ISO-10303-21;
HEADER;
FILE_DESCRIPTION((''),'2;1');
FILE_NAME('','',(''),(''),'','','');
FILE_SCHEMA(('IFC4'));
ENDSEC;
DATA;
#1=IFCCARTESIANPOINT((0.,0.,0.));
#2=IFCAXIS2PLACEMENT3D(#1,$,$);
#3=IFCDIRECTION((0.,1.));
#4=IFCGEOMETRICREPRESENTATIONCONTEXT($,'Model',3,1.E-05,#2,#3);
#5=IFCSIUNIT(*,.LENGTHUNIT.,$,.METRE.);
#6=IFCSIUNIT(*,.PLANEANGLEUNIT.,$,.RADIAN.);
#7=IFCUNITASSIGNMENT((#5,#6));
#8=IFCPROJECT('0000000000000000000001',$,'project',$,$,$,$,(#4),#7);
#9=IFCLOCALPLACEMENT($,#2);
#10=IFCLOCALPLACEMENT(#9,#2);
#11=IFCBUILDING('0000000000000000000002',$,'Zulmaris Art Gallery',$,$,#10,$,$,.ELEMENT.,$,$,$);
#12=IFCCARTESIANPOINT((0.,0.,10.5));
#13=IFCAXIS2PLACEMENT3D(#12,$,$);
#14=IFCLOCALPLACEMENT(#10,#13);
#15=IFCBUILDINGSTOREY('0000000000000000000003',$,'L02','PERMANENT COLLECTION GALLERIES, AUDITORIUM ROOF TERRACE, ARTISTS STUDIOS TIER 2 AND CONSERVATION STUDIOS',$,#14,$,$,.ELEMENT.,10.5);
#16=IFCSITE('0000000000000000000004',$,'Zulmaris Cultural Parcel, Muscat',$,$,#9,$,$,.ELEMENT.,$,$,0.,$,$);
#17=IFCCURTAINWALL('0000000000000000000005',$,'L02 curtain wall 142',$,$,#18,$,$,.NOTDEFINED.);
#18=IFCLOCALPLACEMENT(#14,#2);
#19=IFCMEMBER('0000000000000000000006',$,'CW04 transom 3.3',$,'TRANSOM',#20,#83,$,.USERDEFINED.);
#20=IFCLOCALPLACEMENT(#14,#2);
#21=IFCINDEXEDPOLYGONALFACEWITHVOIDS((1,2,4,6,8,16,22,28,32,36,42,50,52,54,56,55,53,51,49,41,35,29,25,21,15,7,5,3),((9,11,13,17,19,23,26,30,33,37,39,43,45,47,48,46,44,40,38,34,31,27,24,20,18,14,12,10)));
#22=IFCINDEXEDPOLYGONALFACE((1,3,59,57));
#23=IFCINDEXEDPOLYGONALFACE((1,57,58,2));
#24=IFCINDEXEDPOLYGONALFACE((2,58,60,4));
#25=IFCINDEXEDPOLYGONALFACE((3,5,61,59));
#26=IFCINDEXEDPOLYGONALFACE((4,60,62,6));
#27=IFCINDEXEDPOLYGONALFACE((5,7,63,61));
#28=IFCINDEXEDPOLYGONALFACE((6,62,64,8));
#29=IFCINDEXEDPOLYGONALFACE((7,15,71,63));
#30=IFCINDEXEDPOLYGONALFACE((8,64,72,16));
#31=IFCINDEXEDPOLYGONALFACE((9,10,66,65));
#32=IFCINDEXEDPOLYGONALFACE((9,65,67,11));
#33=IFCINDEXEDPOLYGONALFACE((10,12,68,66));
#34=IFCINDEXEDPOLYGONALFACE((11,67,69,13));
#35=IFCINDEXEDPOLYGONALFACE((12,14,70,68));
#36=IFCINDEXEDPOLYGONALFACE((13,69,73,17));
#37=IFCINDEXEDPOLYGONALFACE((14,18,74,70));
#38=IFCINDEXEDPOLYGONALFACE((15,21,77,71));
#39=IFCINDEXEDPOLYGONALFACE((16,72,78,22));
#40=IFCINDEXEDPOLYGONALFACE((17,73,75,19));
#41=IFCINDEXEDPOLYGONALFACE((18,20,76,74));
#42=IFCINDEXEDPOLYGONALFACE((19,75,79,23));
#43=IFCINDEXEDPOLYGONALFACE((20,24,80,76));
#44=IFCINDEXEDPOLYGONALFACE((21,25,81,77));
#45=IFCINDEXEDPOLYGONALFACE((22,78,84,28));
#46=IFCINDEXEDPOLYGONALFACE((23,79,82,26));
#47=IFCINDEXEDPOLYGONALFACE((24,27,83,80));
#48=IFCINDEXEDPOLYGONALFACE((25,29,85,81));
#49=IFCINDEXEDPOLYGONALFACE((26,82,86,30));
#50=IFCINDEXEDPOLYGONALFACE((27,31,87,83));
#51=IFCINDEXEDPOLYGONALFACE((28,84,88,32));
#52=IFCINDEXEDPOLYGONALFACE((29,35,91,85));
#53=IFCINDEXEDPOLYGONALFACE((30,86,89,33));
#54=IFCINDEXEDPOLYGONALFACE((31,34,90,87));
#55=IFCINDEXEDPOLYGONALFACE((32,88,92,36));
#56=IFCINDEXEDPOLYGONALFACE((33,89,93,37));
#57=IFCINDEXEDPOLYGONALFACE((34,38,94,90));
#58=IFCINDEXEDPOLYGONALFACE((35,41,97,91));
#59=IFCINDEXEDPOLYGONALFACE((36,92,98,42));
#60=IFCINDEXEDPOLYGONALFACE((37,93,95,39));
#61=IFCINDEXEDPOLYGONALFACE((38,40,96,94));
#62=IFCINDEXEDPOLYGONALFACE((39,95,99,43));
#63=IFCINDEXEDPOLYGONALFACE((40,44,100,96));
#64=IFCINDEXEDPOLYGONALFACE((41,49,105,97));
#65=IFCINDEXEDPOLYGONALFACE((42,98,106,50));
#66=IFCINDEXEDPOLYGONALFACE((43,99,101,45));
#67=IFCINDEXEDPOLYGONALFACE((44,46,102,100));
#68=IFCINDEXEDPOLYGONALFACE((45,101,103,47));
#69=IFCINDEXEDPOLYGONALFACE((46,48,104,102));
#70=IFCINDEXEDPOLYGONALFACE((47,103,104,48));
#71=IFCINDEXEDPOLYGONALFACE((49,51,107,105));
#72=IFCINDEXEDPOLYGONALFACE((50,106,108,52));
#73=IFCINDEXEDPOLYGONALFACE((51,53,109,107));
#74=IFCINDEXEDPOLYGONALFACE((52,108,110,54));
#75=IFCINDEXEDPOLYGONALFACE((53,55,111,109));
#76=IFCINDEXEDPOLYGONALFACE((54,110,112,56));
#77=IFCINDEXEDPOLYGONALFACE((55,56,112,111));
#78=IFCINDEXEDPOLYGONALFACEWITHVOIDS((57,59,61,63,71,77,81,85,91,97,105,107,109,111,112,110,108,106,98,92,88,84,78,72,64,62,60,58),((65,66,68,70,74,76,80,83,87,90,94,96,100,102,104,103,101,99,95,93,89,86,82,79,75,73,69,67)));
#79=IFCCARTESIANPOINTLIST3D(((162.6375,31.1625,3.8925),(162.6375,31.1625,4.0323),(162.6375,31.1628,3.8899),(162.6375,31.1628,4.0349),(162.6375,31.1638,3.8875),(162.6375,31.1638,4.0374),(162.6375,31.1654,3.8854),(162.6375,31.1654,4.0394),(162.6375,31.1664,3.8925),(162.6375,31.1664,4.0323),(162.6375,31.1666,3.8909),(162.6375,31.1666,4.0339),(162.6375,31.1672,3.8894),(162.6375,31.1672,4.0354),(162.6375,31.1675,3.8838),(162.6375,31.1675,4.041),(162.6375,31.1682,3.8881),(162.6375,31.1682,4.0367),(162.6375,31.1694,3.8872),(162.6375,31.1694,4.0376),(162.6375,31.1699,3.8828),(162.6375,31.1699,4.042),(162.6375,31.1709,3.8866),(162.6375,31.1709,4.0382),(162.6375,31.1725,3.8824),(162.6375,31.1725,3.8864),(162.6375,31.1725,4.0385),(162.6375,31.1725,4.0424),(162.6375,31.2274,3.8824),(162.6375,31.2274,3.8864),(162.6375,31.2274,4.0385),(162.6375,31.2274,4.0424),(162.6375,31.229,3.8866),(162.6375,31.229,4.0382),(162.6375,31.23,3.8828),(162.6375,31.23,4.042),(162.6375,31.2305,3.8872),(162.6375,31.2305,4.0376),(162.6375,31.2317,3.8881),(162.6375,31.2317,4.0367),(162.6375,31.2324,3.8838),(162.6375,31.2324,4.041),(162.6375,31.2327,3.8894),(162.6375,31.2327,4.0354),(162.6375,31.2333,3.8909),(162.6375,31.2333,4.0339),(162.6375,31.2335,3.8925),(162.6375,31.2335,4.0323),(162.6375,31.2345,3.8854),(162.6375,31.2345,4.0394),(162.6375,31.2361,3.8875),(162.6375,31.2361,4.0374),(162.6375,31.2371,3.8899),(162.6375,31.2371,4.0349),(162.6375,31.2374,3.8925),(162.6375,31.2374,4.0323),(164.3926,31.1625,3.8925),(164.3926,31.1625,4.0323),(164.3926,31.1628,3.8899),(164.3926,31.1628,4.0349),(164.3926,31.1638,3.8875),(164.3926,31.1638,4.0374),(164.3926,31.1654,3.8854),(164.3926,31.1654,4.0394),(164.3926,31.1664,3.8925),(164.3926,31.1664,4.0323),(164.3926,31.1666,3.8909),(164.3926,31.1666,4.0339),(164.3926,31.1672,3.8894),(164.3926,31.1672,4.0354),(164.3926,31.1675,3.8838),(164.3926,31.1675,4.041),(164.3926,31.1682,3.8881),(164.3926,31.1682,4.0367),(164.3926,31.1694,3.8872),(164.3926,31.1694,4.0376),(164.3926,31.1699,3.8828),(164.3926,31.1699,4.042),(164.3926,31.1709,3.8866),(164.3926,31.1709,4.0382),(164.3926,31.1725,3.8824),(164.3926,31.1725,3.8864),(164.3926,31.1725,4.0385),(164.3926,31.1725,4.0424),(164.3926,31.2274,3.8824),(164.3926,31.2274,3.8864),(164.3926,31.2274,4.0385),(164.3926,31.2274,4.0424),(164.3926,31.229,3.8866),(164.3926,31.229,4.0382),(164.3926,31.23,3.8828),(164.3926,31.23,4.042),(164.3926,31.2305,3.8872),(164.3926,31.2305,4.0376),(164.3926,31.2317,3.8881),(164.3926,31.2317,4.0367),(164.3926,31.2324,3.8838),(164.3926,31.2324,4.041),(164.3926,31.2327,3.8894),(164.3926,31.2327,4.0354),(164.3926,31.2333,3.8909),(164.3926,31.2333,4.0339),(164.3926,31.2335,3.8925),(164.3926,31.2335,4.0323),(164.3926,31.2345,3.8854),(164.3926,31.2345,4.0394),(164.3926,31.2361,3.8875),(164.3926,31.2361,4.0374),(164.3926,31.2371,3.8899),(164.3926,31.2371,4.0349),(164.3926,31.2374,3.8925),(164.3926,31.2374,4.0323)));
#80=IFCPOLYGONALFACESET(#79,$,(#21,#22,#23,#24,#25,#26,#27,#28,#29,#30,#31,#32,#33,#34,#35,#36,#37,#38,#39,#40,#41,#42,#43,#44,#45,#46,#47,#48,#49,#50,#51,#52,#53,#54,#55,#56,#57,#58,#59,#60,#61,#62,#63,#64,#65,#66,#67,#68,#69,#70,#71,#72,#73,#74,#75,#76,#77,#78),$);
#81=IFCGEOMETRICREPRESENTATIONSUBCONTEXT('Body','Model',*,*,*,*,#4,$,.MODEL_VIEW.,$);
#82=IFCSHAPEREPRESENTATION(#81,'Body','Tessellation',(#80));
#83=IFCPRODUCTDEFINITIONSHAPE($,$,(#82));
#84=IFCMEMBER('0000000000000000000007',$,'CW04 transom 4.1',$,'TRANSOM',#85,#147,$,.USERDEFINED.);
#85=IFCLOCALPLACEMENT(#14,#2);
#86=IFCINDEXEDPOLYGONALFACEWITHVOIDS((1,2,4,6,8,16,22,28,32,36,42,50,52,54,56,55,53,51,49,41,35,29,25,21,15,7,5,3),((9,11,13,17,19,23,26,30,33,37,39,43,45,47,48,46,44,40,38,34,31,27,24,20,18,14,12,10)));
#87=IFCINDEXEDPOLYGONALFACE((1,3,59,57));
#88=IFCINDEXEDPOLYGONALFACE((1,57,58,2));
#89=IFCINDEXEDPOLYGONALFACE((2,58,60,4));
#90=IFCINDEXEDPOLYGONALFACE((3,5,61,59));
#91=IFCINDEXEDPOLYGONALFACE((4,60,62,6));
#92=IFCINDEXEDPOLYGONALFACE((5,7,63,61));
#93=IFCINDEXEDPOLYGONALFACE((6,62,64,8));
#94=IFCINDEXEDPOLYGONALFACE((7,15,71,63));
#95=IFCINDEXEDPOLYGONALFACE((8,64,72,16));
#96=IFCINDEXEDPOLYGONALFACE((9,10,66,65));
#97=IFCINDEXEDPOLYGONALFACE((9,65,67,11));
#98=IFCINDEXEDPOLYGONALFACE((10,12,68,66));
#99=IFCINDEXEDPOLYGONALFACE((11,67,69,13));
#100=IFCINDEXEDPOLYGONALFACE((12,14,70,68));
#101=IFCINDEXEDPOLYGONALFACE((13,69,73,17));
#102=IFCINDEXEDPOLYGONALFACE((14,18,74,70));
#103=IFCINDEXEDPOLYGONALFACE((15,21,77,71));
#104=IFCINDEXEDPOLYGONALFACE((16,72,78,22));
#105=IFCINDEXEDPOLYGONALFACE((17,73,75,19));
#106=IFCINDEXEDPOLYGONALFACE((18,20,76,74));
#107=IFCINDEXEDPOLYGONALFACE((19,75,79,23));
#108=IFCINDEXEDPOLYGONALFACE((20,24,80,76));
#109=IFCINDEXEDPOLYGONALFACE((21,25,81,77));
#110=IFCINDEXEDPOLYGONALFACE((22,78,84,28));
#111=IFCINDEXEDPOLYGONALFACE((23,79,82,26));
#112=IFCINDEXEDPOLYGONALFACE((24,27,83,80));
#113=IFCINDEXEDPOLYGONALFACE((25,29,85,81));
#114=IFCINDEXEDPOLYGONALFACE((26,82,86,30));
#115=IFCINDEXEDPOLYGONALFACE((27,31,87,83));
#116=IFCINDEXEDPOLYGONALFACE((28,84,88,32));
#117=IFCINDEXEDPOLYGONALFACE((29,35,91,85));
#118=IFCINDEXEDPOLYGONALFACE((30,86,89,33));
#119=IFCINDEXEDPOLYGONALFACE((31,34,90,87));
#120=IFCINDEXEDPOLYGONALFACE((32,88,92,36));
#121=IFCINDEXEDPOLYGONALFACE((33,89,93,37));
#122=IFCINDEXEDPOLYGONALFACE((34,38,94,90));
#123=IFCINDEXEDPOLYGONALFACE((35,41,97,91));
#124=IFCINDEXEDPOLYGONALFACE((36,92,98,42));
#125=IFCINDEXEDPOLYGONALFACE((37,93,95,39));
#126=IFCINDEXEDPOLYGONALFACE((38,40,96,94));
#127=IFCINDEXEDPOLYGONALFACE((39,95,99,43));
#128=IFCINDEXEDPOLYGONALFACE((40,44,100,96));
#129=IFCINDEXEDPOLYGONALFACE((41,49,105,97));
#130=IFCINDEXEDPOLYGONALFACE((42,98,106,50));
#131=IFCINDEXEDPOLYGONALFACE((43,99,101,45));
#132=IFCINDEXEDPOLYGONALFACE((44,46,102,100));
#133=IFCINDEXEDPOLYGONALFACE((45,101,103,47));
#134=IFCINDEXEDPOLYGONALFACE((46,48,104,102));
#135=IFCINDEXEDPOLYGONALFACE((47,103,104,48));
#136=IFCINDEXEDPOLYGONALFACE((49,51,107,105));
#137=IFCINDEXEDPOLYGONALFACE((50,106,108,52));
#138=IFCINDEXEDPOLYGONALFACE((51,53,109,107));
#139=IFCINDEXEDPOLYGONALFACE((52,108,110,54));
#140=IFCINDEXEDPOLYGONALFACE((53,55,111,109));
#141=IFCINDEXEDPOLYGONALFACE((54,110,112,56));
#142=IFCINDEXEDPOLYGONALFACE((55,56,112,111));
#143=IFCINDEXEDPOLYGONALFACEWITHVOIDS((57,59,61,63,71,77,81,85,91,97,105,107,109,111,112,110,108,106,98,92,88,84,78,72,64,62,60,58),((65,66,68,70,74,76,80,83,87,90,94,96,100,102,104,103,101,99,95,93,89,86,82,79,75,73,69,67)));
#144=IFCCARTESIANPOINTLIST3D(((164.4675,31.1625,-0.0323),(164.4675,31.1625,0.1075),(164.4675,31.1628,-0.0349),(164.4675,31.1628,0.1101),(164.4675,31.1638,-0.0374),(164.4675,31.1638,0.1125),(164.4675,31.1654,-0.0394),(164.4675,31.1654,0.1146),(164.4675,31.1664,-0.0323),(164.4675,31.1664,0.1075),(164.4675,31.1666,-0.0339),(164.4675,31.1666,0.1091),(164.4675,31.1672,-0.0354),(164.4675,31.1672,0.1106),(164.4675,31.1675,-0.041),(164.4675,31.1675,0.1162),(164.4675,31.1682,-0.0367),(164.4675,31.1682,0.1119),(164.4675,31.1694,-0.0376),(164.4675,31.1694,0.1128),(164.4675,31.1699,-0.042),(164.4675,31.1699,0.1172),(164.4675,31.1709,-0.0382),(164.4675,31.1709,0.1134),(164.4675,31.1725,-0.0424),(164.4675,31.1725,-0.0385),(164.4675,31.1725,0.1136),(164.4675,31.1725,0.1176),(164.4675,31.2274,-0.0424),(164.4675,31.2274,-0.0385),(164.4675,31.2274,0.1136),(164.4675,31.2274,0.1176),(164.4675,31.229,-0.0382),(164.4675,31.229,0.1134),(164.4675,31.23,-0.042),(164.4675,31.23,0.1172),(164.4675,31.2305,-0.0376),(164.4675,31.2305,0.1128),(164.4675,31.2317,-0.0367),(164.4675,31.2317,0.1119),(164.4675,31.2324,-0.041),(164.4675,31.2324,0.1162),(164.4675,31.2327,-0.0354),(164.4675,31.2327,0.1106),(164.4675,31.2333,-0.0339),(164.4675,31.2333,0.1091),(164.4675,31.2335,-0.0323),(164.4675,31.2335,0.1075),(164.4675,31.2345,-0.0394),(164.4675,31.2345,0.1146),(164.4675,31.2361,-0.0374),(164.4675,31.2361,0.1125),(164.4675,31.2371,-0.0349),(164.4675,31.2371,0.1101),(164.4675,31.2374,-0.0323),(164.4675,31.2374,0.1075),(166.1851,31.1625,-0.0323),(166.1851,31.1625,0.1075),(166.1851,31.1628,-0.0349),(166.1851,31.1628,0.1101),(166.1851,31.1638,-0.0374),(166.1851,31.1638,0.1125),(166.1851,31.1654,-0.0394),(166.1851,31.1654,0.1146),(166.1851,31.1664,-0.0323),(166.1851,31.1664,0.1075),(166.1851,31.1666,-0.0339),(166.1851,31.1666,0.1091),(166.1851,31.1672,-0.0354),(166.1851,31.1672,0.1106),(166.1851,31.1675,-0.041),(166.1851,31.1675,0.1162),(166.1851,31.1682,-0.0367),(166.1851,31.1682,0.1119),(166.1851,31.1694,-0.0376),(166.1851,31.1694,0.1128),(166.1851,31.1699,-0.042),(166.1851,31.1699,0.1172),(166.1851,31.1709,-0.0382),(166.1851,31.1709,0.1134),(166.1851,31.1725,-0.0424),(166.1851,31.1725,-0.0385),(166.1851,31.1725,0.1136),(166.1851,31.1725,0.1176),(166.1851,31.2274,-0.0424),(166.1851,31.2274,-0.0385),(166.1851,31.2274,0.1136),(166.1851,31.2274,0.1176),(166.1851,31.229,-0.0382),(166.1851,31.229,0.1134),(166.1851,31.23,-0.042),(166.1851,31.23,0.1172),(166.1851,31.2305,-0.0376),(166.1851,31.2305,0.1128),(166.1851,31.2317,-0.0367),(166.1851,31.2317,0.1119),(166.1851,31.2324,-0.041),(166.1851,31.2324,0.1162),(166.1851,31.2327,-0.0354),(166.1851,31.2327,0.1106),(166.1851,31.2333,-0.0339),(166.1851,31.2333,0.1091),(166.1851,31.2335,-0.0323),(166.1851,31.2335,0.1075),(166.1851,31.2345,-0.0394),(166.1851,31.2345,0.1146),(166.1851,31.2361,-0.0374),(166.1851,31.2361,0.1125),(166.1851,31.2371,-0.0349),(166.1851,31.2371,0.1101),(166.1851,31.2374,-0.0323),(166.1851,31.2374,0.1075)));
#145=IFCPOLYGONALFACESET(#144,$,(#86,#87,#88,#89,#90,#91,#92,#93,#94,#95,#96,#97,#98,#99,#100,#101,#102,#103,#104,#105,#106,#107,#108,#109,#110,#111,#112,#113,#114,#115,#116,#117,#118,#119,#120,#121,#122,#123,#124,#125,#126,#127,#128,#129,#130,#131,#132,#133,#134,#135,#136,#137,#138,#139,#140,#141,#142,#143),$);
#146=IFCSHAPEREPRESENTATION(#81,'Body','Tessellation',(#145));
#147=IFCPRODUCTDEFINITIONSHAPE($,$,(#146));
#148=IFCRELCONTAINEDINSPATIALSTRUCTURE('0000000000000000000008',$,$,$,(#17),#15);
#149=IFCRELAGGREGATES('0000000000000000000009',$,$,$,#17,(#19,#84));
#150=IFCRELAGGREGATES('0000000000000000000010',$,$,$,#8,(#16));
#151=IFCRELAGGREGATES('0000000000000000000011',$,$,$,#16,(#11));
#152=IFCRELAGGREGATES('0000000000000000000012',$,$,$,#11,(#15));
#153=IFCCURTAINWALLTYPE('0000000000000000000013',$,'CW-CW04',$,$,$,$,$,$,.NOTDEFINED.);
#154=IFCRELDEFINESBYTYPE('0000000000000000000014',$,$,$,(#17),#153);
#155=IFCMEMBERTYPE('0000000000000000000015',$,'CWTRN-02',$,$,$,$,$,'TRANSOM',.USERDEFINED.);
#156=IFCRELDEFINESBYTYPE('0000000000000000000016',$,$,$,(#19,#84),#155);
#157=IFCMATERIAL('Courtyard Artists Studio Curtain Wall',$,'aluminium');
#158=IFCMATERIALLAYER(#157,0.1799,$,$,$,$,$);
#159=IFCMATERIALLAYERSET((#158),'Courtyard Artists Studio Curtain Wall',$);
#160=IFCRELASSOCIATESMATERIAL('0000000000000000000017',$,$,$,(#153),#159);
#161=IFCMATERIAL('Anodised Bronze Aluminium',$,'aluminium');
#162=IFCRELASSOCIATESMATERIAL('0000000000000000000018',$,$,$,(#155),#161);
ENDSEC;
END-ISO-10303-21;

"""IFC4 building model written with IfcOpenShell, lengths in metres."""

from ifc_helpers import new_model, si_unit, direction, frame, origin, origin_2d, place, context, subcontext, project, spatial, hollow_rectangle, extrude, material, layer, layer_set, material_profile, profile_set, type_object, element, aggregate, save


model = new_model("IFC4")

# Units and contexts
model_context = context("Model", 3, precision=1e-05, world=origin(), true_north=direction((0.0, 1.0)))
body_context = subcontext(model_context, "Body", "Model", "MODEL_VIEW")
ifc_project = project(units=[si_unit("LENGTHUNIT", "METRE"), si_unit("PLANEANGLEUNIT", "RADIAN")], contexts=[model_context])

# Site, building, storey
site_placement = place(None, origin())
site = spatial("IfcSite", under=ifc_project, at=site_placement, Name="Zulmaris Cultural Parcel, Muscat", CompositionType="ELEMENT", RefElevation=0.0)
building_placement = place(site_placement, origin())
building = spatial("IfcBuilding", under=site, at=building_placement, Name="Zulmaris Art Gallery", CompositionType="ELEMENT")
storey_placement = place(building_placement, frame((0.0, 0.0, 10.5)))
storey = spatial("IfcBuildingStorey", under=building, at=storey_placement, Name="L02", Description="PERMANENT COLLECTION GALLERIES, AUDITORIUM ROOF TERRACE, ARTISTS STUDIOS TIER 2 AND CONSERVATION STUDIOS", CompositionType="ELEMENT", Elevation=10.5)

# Curtain wall, members
ifc_material_1 = material(Name="Courtyard Artists Studio Curtain Wall", Category="aluminium")
ifc_layer_1 = layer(ifc_material_1, 0.1799)
ifc_layer_set_1 = layer_set([ifc_layer_1], Name="Courtyard Artists Studio Curtain Wall")
curtain_wall_type = type_object("IfcCurtainWallType", Name="CW-CW04", PredefinedType="NOTDEFINED", material=ifc_layer_set_1)
curtain_wall_placement = place(storey_placement, origin())
curtain_wall = element("IfcCurtainWall", 1, at=curtain_wall_placement, inside=storey, type_object=curtain_wall_type, Name="L02 curtain wall 142", PredefinedType="NOTDEFINED")
ifc_material_2 = material(Name="Anodised Bronze Aluminium", Category="aluminium")
ifc_material_profile_1 = material_profile(ifc_material_2, hollow_rectangle(XDim=0.075, YDim=0.1599, WallThickness=0.0039, InnerFilletRadius=0.0061, OuterFilletRadius=0.01, at=origin_2d()), Name="ALU 75x160x4")
ifc_profile_set_1 = profile_set([ifc_material_profile_1], Name="Anodised Bronze Aluminium")
member_type_1 = type_object("IfcMemberType", Name="CWTRN-02", ElementType="TRANSOM", PredefinedType="USERDEFINED", material=ifc_profile_set_1)
member_1_placement = place(storey_placement, frame((162.6375, 31.2, 3.9624), z_axis=(1.0, 0.0, 0.0), x_axis=(0.0, 1.0, 0.0)))
member_1 = element("IfcMember", 2, at=member_1_placement, type_object=member_type_1, Name="CW04 transom 3.3", ObjectType="TRANSOM", PredefinedType="USERDEFINED", context=body_context, shape_type="SweptSolid", body=[
    extrude(hollow_rectangle(XDim=0.075, YDim=0.1599, WallThickness=0.0039, InnerFilletRadius=0.0061, OuterFilletRadius=0.01, at=origin_2d()), origin(), (0.0, 0.0, 1.0), 1.7551),
])
member_2_placement = place(storey_placement, frame((164.4675, 31.2, 0.0376), z_axis=(1.0, 0.0, 0.0), x_axis=(0.0, 1.0, 0.0)))
member_2 = element("IfcMember", 3, at=member_2_placement, type_object=member_type_1, Name="CW04 transom 4.1", ObjectType="TRANSOM", PredefinedType="USERDEFINED", context=body_context, shape_type="SweptSolid", body=[
    extrude(hollow_rectangle(XDim=0.075, YDim=0.1599, WallThickness=0.0039, InnerFilletRadius=0.0061, OuterFilletRadius=0.01, at=origin_2d()), origin(), (0.0, 0.0, 1.0), 1.7175),
])
aggregate(curtain_wall, [member_1, member_2])

save(model, "model.ifc")
